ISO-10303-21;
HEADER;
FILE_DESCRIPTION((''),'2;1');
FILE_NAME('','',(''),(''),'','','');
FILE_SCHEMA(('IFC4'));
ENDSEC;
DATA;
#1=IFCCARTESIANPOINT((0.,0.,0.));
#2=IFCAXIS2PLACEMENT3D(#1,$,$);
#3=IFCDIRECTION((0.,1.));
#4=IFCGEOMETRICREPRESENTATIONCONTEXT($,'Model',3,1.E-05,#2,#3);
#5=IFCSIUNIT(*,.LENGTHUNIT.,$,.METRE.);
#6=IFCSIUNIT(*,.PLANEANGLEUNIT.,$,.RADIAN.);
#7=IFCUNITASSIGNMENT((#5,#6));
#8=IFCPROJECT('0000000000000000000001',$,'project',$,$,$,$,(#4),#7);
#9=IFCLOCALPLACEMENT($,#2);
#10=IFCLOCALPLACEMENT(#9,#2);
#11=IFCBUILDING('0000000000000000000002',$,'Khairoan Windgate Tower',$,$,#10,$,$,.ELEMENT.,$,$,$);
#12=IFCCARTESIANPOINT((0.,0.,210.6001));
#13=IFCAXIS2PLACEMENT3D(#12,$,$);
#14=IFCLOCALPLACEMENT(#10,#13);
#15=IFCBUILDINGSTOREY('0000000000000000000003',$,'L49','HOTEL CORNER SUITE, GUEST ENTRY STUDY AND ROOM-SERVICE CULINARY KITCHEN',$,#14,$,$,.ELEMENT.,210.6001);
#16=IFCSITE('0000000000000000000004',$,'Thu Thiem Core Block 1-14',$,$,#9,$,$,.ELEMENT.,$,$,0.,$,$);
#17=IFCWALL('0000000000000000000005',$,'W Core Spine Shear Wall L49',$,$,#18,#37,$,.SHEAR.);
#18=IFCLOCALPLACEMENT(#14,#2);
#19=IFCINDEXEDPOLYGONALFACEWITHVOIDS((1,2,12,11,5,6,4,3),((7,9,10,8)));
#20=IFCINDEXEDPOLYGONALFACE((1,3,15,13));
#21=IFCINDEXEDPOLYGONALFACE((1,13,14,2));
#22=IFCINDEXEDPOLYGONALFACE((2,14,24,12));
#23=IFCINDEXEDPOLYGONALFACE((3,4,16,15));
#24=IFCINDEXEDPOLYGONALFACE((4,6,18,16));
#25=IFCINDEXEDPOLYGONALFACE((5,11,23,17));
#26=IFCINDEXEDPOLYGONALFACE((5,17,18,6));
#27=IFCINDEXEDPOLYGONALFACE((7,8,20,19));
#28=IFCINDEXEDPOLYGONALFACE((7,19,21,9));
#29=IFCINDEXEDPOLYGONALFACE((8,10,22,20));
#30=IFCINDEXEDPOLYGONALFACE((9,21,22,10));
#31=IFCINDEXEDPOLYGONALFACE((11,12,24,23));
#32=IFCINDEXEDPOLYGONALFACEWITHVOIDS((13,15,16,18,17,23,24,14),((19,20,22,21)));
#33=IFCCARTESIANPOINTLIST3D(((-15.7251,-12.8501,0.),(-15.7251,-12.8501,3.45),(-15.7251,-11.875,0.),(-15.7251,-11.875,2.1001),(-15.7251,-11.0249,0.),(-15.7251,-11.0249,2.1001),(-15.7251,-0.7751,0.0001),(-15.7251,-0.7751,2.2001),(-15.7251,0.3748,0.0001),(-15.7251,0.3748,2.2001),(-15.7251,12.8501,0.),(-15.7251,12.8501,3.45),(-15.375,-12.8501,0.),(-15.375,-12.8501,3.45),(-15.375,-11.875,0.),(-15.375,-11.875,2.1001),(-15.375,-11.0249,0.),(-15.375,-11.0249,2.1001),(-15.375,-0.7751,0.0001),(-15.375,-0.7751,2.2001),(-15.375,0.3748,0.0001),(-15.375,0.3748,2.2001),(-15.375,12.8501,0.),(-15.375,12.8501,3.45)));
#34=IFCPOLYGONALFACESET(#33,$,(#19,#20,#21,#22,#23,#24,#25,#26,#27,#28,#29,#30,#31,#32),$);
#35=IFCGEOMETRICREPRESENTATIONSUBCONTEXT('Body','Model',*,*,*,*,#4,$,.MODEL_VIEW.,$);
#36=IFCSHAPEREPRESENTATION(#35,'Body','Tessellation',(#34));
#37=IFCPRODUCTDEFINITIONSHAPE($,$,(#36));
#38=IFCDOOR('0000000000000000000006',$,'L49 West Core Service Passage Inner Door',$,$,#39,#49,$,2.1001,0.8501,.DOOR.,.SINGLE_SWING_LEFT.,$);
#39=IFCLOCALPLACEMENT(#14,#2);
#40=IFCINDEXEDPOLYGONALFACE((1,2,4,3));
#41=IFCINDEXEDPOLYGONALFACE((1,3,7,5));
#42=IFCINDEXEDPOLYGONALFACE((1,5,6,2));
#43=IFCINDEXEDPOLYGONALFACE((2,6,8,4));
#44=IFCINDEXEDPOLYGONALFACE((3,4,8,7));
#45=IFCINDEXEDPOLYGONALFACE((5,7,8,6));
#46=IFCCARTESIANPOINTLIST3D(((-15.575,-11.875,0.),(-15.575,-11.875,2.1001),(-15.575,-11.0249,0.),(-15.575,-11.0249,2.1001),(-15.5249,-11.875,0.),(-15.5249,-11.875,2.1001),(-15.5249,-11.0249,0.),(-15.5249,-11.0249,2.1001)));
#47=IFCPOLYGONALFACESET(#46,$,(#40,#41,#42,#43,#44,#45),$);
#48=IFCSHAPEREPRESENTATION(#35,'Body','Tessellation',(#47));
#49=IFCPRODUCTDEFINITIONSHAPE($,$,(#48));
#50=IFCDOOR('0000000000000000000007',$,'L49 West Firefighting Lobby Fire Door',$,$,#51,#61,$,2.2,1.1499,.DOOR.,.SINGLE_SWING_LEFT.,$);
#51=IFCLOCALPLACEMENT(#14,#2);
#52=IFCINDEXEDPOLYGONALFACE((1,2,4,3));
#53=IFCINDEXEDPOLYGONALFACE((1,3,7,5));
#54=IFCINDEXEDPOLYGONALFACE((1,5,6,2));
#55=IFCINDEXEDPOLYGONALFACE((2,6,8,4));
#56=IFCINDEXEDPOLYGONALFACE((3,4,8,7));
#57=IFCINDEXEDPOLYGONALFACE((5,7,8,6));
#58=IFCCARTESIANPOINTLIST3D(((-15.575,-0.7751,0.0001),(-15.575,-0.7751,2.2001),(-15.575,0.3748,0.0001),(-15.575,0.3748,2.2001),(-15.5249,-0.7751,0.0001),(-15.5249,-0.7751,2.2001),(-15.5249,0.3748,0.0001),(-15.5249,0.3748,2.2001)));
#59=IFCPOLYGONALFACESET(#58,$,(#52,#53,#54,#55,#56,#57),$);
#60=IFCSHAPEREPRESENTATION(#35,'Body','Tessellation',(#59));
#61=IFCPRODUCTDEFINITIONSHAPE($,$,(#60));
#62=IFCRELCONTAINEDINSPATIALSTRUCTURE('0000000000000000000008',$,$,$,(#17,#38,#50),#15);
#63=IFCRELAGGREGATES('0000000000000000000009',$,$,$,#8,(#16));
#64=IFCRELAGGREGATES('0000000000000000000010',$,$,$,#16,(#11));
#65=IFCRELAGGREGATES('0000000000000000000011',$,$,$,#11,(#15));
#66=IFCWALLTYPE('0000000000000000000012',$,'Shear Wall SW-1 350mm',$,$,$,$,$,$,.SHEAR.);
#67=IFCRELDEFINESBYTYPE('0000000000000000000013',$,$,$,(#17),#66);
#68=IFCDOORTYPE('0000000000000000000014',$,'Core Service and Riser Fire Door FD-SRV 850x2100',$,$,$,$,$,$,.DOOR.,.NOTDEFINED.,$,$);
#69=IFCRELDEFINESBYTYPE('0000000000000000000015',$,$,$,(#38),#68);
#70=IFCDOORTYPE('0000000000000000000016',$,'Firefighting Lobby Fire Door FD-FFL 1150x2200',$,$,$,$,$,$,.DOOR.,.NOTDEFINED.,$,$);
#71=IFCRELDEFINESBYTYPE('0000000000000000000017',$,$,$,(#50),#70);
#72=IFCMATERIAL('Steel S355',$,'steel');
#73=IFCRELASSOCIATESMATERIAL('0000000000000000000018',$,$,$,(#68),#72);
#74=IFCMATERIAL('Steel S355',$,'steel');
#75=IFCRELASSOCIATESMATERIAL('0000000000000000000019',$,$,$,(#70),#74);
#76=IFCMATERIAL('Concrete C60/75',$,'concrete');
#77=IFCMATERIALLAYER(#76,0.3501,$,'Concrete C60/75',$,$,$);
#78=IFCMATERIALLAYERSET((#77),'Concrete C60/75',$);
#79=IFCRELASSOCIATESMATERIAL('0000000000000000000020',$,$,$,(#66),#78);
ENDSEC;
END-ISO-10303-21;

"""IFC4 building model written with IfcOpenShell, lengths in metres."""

from ifc_helpers import new_model, si_unit, direction, frame, frame_2d, origin, place, context, subcontext, project, spatial, rectangle, extrude, material, layer, layer_set, type_object, element, fill, save


model = new_model("IFC4")

# Units and contexts
model_context = context("Model", 3, precision=1e-05, world=origin(), true_north=direction((0.0, 1.0)))
body_context = subcontext(model_context, "Body", "Model", "MODEL_VIEW")
ifc_project = project(units=[si_unit("LENGTHUNIT", "METRE"), si_unit("PLANEANGLEUNIT", "RADIAN")], contexts=[model_context])

# Site, building, storey
site_placement = place(None, origin())
site = spatial("IfcSite", under=ifc_project, at=site_placement, Name="Thu Thiem Core Block 1-14", CompositionType="ELEMENT", RefElevation=0.0)
building_placement = place(site_placement, origin())
building = spatial("IfcBuilding", under=site, at=building_placement, Name="Khairoan Windgate Tower", CompositionType="ELEMENT")
storey_placement = place(building_placement, frame((0.0, 0.0, 210.6001)))
storey = spatial("IfcBuildingStorey", under=building, at=storey_placement, Name="L49", Description="HOTEL CORNER SUITE, GUEST ENTRY STUDY AND ROOM-SERVICE CULINARY KITCHEN", CompositionType="ELEMENT", Elevation=210.6001)

# Wall, openings, doors
ifc_material_1 = material(Name="Steel S355", Category="steel")
door_type_1 = type_object("IfcDoorType", Name="Core Service and Riser Fire Door FD-SRV 850x2100", OperationType="NOTDEFINED", PredefinedType="DOOR", material=ifc_material_1)
ifc_material_2 = material(Name="Steel S355", Category="steel")
door_type_2 = type_object("IfcDoorType", Name="Firefighting Lobby Fire Door FD-FFL 1150x2200", OperationType="NOTDEFINED", PredefinedType="DOOR", material=ifc_material_2)
ifc_material_3 = material(Name="Concrete C60/75", Category="concrete")
ifc_layer_1 = layer(ifc_material_3, 0.3501, Name="Concrete C60/75")
ifc_layer_set_1 = layer_set([ifc_layer_1], Name="Concrete C60/75")
wall_type_1 = type_object("IfcWallType", Name="Shear Wall SW-1 350mm", PredefinedType="SHEAR", material=ifc_layer_set_1)
wall_1_placement = place(storey_placement, frame((-15.55, -12.8501, 0.0), z_axis=(0.0, 0.0, 1.0), x_axis=(0.0, 1.0, 0.0)))
wall_1 = element("IfcWall", 1, at=wall_1_placement, inside=storey, type_object=wall_type_1, Name="W Core Spine Shear Wall L49", PredefinedType="SHEAR", context=body_context, shape_type="SweptSolid", body=[
    extrude(rectangle(XDim=25.7002, YDim=0.3501, at=frame_2d((12.8501, 0.0))), origin(), (0.0, 0.0, 1.0), 3.45),
])
opening_1_placement = place(wall_1_placement, frame((12.075, 0.0, 0.0)))
opening_1 = element("IfcOpeningElement", 2, at=opening_1_placement, cuts=wall_1, PredefinedType="OPENING", context=body_context, shape_type="SweptSolid", body=[
    extrude(rectangle(XDim=1.1499, YDim=2.2, at=frame_2d((0.575, 1.1001))), frame((0.0, 0.1851, 0.0), z_axis=(0.0, -1.0, 0.0), x_axis=(1.0, 0.0, 0.0)), (0.0, 0.0, 1.0), 0.3701),
])
opening_2_placement = place(wall_1_placement, frame((0.9751, 0.0, 0.0)))
opening_2 = element("IfcOpeningElement", 3, at=opening_2_placement, cuts=wall_1, PredefinedType="OPENING", context=body_context, shape_type="SweptSolid", body=[
    extrude(rectangle(XDim=0.8501, YDim=2.1001, at=frame_2d((0.425, 1.05))), frame((0.0, 0.1851, 0.0), z_axis=(0.0, -1.0, 0.0), x_axis=(1.0, 0.0, 0.0)), (0.0, 0.0, 1.0), 0.3701),
])
door_1_placement = place(opening_2_placement, origin())
door_1 = element("IfcDoor", 4, at=door_1_placement, inside=storey, type_object=door_type_1, Name="L49 West Core Service Passage Inner Door", OperationType="SINGLE_SWING_LEFT", OverallHeight=2.1001, OverallWidth=0.8501, PredefinedType="DOOR", context=body_context, shape_type="SweptSolid", body=[
    extrude(rectangle(XDim=0.8501, YDim=2.1001, at=frame_2d((0.425, 1.05))), frame((0.0, 0.0249, 0.0), z_axis=(0.0, -1.0, 0.0), x_axis=(1.0, 0.0, 0.0)), (0.0, 0.0, 1.0), 0.05),
])
fill(opening_2, door_1)
door_2_placement = place(opening_1_placement, origin())
door_2 = element("IfcDoor", 5, at=door_2_placement, inside=storey, type_object=door_type_2, Name="L49 West Firefighting Lobby Fire Door", OperationType="SINGLE_SWING_LEFT", OverallHeight=2.2, OverallWidth=1.1499, PredefinedType="DOOR", context=body_context, shape_type="SweptSolid", body=[
    extrude(rectangle(XDim=1.1499, YDim=2.2, at=frame_2d((0.575, 1.1001))), frame((0.0, 0.0249, 0.0), z_axis=(0.0, -1.0, 0.0), x_axis=(1.0, 0.0, 0.0)), (0.0, 0.0, 1.0), 0.05),
])
fill(opening_1, door_2)

save(model, "model.ifc")
